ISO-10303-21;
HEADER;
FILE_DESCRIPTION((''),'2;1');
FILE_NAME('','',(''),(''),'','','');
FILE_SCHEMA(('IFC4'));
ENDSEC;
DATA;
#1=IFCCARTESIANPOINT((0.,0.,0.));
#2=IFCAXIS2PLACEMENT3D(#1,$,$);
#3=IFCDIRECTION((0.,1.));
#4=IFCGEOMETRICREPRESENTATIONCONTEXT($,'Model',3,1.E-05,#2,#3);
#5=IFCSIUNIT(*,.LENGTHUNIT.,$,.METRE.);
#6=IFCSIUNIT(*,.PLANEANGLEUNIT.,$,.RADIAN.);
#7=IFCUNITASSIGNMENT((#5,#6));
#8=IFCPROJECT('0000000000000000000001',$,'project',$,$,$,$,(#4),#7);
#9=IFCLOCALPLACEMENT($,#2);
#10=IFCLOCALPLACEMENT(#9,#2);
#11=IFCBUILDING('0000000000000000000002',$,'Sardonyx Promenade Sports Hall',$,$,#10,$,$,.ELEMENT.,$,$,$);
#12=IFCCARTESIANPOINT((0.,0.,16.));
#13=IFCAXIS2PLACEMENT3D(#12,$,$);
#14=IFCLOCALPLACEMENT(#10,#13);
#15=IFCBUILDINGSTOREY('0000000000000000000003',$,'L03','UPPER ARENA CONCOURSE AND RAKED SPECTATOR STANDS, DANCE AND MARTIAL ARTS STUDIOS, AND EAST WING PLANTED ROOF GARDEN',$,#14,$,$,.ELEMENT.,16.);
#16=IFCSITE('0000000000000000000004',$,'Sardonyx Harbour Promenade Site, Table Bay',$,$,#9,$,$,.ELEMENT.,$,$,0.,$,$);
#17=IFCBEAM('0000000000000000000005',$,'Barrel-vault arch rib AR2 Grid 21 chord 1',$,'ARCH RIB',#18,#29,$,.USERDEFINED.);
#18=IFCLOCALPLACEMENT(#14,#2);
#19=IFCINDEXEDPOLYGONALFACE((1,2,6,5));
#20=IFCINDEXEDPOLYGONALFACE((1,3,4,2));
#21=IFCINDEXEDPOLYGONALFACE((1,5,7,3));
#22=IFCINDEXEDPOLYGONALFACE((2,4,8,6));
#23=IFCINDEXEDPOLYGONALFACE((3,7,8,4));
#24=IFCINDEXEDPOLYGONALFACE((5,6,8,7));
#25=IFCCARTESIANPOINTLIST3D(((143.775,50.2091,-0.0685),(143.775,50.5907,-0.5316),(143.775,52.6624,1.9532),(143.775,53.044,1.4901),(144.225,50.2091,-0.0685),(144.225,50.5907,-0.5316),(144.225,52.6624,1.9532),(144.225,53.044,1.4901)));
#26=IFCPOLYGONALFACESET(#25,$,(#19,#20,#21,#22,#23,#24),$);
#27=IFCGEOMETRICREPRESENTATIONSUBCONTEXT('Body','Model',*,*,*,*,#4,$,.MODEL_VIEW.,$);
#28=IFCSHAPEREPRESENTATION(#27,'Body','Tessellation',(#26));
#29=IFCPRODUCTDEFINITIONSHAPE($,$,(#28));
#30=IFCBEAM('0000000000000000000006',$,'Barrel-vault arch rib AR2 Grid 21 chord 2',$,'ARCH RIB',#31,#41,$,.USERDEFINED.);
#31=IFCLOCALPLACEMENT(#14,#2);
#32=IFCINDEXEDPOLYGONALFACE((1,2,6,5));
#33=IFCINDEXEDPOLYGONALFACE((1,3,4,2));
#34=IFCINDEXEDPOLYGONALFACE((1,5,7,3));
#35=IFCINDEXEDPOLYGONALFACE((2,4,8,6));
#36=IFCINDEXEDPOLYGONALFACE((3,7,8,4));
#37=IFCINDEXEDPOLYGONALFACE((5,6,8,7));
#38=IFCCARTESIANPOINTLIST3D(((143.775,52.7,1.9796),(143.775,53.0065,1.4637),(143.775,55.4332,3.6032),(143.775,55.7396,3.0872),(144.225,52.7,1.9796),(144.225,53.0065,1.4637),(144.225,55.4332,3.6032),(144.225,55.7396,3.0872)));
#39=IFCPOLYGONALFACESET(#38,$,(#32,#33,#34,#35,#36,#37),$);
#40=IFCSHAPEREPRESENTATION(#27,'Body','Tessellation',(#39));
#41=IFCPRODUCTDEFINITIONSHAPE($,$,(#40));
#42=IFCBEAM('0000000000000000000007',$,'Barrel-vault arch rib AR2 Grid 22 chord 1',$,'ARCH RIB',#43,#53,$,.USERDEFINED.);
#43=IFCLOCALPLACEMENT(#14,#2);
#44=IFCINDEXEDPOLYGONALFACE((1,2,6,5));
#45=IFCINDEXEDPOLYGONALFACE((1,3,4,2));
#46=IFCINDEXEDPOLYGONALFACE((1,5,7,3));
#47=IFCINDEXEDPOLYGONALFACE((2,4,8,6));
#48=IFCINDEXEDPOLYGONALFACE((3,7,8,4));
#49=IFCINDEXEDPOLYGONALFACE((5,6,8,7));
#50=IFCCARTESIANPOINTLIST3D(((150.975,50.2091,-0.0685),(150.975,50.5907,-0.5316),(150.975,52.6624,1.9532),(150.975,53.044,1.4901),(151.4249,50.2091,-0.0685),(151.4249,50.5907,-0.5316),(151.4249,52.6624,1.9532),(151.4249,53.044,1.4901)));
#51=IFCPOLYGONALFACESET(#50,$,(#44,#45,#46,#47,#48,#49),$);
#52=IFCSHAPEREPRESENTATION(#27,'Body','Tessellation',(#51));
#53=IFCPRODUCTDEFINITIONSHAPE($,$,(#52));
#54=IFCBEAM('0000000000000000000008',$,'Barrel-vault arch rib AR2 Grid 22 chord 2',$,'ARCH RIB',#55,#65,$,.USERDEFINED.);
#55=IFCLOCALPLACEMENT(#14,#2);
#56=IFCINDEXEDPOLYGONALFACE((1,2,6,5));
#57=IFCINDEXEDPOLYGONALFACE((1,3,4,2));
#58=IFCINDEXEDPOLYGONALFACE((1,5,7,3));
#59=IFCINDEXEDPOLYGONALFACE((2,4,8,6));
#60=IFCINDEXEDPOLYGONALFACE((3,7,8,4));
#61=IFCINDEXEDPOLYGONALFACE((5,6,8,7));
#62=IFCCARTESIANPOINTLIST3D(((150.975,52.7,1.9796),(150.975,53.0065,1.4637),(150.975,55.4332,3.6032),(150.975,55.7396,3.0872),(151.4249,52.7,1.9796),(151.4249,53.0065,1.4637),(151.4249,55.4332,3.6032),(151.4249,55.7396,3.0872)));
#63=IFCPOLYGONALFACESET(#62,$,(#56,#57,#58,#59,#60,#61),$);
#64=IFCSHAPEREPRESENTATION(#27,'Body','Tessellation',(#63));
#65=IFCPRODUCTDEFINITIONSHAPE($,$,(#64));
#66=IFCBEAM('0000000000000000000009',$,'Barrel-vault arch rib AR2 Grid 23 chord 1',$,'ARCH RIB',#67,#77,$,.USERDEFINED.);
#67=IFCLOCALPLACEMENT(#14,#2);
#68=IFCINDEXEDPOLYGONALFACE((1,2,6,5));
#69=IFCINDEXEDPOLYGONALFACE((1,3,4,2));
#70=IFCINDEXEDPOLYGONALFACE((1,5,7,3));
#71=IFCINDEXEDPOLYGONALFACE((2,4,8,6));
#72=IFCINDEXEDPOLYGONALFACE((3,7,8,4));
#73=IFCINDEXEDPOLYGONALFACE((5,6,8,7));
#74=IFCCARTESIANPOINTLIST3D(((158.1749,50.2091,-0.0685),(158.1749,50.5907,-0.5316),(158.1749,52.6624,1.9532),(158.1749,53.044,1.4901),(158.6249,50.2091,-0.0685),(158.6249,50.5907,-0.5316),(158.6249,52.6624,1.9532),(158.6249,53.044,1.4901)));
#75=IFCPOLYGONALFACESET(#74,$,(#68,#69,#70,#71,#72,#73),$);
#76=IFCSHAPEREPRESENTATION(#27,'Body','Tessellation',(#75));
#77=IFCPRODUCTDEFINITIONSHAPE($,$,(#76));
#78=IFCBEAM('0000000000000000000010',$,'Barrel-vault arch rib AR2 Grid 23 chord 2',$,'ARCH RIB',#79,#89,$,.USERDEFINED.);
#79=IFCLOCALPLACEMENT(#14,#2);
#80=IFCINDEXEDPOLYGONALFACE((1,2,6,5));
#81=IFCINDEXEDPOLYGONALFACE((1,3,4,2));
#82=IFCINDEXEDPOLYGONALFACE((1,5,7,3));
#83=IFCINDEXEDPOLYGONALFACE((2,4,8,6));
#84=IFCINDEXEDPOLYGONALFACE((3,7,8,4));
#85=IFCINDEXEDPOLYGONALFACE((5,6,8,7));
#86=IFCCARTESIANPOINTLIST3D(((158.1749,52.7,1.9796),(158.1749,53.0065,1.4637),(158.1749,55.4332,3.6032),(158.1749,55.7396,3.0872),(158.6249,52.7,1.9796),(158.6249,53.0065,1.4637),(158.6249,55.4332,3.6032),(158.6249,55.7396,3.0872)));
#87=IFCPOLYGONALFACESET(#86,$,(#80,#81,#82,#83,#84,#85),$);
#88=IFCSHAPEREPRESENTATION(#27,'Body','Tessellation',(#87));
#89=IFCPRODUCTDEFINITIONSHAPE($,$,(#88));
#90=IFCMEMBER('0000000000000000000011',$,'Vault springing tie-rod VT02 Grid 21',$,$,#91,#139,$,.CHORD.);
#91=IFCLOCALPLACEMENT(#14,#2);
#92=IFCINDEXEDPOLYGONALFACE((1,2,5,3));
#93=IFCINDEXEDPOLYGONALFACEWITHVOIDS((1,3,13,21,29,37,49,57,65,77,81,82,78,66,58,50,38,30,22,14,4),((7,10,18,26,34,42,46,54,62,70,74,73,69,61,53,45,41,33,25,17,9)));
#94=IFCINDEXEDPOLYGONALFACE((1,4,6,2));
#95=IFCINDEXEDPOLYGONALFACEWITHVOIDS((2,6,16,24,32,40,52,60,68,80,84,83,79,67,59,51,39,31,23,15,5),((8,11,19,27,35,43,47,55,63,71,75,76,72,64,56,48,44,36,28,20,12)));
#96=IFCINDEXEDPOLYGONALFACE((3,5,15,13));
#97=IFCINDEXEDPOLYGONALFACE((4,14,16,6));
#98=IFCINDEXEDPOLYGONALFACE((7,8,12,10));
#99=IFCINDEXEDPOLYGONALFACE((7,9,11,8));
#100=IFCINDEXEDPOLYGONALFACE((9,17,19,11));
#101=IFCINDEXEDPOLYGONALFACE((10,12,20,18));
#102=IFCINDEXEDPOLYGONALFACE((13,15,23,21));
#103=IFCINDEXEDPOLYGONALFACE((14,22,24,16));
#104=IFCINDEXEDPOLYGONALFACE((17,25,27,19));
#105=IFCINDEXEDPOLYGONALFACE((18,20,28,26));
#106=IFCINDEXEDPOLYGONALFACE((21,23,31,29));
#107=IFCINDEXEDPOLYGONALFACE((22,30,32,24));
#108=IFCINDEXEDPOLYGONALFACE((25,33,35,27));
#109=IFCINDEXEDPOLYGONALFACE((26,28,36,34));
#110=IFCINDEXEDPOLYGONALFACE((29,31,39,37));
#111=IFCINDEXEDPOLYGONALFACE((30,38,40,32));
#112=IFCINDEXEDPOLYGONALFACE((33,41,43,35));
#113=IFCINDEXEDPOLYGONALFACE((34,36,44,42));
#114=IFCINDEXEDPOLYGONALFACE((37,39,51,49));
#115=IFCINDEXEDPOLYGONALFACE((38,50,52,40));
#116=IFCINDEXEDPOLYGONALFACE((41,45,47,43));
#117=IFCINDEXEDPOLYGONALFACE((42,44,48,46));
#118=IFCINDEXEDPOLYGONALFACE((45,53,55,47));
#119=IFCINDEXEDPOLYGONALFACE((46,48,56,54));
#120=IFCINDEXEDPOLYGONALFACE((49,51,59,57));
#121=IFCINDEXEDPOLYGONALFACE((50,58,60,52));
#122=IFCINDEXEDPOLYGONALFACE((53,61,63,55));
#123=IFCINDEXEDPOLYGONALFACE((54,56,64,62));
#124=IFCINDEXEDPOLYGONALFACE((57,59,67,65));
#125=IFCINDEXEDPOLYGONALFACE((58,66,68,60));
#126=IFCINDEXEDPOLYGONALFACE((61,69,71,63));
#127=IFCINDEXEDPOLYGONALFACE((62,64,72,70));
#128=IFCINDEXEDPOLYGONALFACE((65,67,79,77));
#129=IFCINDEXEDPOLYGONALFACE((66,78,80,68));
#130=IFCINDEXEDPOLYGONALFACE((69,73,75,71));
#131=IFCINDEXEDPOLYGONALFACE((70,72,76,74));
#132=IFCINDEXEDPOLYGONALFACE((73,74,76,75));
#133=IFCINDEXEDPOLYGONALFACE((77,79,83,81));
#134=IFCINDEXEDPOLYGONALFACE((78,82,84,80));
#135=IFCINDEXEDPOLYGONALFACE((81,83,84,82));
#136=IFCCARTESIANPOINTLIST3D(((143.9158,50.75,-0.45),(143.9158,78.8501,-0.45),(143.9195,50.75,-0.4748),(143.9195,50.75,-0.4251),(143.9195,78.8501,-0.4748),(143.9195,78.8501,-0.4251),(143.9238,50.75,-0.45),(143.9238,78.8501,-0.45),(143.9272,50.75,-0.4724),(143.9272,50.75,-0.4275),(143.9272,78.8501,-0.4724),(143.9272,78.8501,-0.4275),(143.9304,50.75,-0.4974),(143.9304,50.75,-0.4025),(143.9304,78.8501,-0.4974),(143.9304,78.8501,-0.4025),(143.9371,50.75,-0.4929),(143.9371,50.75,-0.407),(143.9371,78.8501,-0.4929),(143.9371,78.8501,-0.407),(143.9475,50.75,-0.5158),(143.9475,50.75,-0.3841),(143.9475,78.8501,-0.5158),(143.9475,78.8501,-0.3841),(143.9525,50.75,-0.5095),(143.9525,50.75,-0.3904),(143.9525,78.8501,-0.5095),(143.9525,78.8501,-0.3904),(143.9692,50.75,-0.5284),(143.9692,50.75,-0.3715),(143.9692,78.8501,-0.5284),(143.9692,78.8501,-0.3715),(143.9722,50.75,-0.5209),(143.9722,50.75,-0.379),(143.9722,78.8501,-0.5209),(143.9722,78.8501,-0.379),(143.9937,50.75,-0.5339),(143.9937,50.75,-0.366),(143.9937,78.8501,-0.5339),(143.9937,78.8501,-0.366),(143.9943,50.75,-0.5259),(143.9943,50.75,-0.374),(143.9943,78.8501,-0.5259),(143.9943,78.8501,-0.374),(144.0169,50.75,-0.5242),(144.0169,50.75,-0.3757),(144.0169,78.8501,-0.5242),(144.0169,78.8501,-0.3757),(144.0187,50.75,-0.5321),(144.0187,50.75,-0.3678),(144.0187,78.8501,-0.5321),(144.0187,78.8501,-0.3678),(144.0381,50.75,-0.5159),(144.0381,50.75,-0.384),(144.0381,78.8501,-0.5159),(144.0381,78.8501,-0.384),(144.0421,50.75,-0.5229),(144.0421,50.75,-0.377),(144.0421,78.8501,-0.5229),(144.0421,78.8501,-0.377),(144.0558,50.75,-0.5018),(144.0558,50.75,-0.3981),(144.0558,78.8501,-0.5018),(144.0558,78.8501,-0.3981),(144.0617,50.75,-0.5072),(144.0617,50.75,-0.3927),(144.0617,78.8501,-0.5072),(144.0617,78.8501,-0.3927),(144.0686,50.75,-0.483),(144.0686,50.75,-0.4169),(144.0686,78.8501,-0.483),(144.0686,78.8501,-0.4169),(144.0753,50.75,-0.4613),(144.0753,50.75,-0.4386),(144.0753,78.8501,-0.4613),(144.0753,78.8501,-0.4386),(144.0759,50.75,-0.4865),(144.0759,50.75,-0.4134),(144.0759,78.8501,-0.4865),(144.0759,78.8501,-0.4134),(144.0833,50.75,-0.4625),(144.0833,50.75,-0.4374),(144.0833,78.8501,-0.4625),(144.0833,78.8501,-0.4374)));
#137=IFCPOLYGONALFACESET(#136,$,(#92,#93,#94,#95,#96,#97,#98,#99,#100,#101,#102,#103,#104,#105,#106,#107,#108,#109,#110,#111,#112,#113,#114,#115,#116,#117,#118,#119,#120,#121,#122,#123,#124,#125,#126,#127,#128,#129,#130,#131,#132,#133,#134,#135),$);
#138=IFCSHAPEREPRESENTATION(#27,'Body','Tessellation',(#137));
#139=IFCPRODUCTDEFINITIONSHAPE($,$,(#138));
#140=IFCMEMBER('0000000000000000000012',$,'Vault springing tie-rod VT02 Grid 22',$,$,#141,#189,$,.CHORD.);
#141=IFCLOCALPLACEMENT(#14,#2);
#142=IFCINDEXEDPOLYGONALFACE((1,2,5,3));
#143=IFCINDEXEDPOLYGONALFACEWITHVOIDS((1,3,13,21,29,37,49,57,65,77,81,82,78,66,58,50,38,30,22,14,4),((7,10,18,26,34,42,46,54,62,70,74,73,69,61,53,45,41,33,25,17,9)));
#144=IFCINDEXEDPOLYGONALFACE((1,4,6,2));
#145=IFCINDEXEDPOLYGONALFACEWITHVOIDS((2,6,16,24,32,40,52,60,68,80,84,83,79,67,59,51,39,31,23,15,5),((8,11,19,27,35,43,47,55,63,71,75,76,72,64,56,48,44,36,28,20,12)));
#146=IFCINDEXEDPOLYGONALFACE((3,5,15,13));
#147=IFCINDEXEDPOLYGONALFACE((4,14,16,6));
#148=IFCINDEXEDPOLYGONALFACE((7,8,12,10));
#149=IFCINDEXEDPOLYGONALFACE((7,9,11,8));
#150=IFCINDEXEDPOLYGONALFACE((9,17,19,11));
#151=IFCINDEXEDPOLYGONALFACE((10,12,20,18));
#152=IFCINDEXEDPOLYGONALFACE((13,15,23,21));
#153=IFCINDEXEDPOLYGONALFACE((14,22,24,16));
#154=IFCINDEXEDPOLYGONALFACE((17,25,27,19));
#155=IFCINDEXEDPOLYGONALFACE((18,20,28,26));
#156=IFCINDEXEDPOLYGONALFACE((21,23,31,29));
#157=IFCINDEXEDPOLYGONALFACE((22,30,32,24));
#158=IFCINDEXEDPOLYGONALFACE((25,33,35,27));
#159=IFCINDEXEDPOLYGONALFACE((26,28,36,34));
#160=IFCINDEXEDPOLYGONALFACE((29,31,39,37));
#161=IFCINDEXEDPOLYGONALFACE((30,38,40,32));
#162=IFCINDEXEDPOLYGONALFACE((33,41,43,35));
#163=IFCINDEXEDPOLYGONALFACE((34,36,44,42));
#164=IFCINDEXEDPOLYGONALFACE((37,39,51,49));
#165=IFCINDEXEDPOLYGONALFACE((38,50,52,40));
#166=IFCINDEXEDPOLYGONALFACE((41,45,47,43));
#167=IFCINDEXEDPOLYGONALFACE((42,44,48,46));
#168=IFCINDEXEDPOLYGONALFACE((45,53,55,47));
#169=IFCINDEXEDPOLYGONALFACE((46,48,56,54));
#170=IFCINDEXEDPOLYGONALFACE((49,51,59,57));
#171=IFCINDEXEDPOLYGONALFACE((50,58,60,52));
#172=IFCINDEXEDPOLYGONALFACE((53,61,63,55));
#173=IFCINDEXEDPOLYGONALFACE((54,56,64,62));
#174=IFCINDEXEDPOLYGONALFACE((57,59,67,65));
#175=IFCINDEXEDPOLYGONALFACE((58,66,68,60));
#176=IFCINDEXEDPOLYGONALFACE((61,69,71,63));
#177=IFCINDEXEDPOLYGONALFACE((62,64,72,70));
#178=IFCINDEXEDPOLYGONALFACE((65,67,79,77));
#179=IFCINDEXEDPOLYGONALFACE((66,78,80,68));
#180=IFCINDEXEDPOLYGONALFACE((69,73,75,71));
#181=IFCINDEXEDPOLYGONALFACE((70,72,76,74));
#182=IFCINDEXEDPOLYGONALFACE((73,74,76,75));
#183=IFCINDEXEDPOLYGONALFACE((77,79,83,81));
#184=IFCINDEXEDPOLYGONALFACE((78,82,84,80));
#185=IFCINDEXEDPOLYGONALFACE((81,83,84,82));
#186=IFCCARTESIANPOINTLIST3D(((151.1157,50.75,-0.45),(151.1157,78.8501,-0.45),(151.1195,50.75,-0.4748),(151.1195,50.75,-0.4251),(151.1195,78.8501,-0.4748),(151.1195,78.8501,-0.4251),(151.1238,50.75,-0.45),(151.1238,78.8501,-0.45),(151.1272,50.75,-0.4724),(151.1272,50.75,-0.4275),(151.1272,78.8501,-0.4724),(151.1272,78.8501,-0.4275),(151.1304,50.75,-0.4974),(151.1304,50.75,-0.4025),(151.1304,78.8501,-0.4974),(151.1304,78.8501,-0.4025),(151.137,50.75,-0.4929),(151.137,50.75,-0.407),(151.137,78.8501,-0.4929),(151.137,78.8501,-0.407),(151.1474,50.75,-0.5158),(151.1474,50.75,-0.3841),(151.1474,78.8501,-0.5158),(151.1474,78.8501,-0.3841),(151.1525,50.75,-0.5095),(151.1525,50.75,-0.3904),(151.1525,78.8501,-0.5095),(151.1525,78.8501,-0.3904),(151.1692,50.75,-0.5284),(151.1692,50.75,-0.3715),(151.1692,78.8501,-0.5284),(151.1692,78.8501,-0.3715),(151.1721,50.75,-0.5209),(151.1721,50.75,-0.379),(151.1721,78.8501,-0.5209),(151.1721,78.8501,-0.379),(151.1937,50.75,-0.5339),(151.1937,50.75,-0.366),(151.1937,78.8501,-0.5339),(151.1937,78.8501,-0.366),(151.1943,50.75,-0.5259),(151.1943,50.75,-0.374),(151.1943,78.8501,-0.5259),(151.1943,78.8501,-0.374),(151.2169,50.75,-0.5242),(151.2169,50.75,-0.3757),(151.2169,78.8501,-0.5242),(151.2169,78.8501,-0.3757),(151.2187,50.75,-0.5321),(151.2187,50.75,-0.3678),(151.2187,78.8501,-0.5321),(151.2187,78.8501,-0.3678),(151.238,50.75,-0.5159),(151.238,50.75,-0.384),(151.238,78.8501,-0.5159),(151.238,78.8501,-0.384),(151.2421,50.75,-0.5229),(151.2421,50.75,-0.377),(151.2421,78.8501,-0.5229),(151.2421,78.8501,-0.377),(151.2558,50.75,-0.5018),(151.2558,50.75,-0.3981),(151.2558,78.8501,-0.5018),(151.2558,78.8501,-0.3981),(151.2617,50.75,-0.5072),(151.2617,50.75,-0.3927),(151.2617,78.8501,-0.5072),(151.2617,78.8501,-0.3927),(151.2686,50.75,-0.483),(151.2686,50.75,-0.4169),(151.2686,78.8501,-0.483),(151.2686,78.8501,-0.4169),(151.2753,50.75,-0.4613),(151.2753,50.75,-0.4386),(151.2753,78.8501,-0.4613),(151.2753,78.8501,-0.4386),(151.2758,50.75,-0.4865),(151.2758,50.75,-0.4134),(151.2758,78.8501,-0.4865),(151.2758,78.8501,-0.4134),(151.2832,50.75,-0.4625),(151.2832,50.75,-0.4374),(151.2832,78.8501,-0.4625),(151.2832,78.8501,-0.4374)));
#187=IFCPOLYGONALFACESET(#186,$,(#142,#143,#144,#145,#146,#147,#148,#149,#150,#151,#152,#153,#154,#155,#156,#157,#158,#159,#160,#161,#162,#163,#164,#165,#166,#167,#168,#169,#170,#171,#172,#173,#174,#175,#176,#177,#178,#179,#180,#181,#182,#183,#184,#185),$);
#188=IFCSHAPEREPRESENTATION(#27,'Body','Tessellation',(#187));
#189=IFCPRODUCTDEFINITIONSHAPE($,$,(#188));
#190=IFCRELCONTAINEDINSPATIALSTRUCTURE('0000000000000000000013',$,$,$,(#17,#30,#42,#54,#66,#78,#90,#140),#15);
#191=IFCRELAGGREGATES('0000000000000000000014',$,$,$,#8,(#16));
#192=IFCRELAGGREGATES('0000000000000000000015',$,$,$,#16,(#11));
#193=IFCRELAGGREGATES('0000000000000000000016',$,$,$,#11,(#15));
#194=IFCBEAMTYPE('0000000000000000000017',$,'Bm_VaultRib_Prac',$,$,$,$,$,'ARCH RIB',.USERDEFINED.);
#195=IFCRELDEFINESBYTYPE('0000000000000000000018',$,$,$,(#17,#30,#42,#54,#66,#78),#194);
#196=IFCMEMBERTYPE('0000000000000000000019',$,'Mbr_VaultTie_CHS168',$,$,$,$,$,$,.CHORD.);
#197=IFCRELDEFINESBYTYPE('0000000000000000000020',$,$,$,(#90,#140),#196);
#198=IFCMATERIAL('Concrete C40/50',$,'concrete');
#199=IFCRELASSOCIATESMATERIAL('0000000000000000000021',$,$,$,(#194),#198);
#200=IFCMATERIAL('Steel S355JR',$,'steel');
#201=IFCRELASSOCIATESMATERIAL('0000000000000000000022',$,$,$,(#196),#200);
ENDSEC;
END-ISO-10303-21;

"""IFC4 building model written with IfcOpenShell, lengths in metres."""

from ifc_helpers import new_model, si_unit, direction, frame, origin, origin_2d, place, context, subcontext, project, spatial, rectangle, hollow_circle, extrude, material, material_profile, profile_set, type_object, element, save


model = new_model("IFC4")

# Units and contexts
model_context = context("Model", 3, precision=1e-05, world=origin(), true_north=direction((0.0, 1.0)))
body_context = subcontext(model_context, "Body", "Model", "MODEL_VIEW")
ifc_project = project(units=[si_unit("LENGTHUNIT", "METRE"), si_unit("PLANEANGLEUNIT", "RADIAN")], contexts=[model_context])

# Site, building, storey
site_placement = place(None, origin())
site = spatial("IfcSite", under=ifc_project, at=site_placement, Name="Sardonyx Harbour Promenade Site, Table Bay", CompositionType="ELEMENT", RefElevation=0.0)
building_placement = place(site_placement, origin())
building = spatial("IfcBuilding", under=site, at=building_placement, Name="Sardonyx Promenade Sports Hall", CompositionType="ELEMENT")
storey_placement = place(building_placement, frame((0.0, 0.0, 16.0)))
storey = spatial("IfcBuildingStorey", under=building, at=storey_placement, Name="L03", Description="UPPER ARENA CONCOURSE AND RAKED SPECTATOR STANDS, DANCE AND MARTIAL ARTS STUDIOS, AND EAST WING PLANTED ROOF GARDEN", CompositionType="ELEMENT", Elevation=16.0)

# Beams
ifc_material_1 = material(Name="Concrete C40/50", Category="concrete")
ifc_material_profile_1 = material_profile(ifc_material_1, rectangle(XDim=0.45, YDim=0.6001, at=origin_2d()))
ifc_profile_set_1 = profile_set([ifc_material_profile_1], Name="Concrete C40/50")
beam_type_1 = type_object("IfcBeamType", Name="Bm_VaultRib_Prac", ElementType="ARCH RIB", PredefinedType="USERDEFINED", material=ifc_profile_set_1)
for number, where, z_axis, x_axis, name in (
    (1, (144.0, 50.3999, -0.3), (0.0, 0.771728, 0.635952), (-1.0, 0.0, 0.0), "Barrel-vault arch rib AR2 Grid 21 chord 1"),
    (2, (144.0, 52.8533, 1.7217), (0.0, 0.859755, 0.510707), (-1.0, 0.0, 0.0), "Barrel-vault arch rib AR2 Grid 21 chord 2"),
    (3, (151.2, 50.3999, -0.3), (0.0, 0.771728, 0.635952), (-1.0, 0.0, 0.0), "Barrel-vault arch rib AR2 Grid 22 chord 1"),
    (4, (151.2, 52.8533, 1.7217), (0.0, 0.859755, 0.510707), (-1.0, 0.0, 0.0), "Barrel-vault arch rib AR2 Grid 22 chord 2"),
    (5, (158.3999, 50.3999, -0.3), (0.0, 0.771728, 0.635952), (-1.0, 0.0, 0.0), "Barrel-vault arch rib AR2 Grid 23 chord 1"),
    (6, (158.3999, 52.8533, 1.7217), (0.0, 0.859755, 0.510707), (-1.0, 0.0, 0.0), "Barrel-vault arch rib AR2 Grid 23 chord 2"),
):
    element("IfcBeam", number, at=place(storey_placement, frame(where, z_axis=z_axis, x_axis=x_axis)), inside=storey, type_object=beam_type_1, Name=name, ObjectType="ARCH RIB", PredefinedType="USERDEFINED", context=body_context, shape_type="SweptSolid", body=[
        extrude(rectangle(XDim=0.45, YDim=0.6001, at=origin_2d()), origin(), (0.0, 0.0, 1.0), 3.179),
    ])

# Members
ifc_material_2 = material(Name="Steel S355JR", Category="steel")
ifc_material_profile_2 = material_profile(ifc_material_2, hollow_circle(Radius=0.0842, WallThickness=0.0081, at=origin_2d()))
ifc_profile_set_2 = profile_set([ifc_material_profile_2], Name="Steel S355JR")
member_type = type_object("IfcMemberType", Name="Mbr_VaultTie_CHS168", PredefinedType="CHORD", material=ifc_profile_set_2)
for number, where, z_axis, x_axis, name in (
    (7, (144.0, 50.75, -0.45), (0.0, 1.0, 0.0), (-1.0, 0.0, 0.0), "Vault springing tie-rod VT02 Grid 21"),
    (8, (151.2, 50.75, -0.45), (0.0, 1.0, 0.0), (-1.0, 0.0, 0.0), "Vault springing tie-rod VT02 Grid 22"),
):
    element("IfcMember", number, at=place(storey_placement, frame(where, z_axis=z_axis, x_axis=x_axis)), inside=storey, type_object=member_type, Name=name, PredefinedType="CHORD", context=body_context, shape_type="SweptSolid", body=[
        extrude(hollow_circle(Radius=0.0842, WallThickness=0.0081, at=origin_2d()), origin(), (0.0, 0.0, 1.0), 28.1001),
    ])

save(model, "model.ifc")
